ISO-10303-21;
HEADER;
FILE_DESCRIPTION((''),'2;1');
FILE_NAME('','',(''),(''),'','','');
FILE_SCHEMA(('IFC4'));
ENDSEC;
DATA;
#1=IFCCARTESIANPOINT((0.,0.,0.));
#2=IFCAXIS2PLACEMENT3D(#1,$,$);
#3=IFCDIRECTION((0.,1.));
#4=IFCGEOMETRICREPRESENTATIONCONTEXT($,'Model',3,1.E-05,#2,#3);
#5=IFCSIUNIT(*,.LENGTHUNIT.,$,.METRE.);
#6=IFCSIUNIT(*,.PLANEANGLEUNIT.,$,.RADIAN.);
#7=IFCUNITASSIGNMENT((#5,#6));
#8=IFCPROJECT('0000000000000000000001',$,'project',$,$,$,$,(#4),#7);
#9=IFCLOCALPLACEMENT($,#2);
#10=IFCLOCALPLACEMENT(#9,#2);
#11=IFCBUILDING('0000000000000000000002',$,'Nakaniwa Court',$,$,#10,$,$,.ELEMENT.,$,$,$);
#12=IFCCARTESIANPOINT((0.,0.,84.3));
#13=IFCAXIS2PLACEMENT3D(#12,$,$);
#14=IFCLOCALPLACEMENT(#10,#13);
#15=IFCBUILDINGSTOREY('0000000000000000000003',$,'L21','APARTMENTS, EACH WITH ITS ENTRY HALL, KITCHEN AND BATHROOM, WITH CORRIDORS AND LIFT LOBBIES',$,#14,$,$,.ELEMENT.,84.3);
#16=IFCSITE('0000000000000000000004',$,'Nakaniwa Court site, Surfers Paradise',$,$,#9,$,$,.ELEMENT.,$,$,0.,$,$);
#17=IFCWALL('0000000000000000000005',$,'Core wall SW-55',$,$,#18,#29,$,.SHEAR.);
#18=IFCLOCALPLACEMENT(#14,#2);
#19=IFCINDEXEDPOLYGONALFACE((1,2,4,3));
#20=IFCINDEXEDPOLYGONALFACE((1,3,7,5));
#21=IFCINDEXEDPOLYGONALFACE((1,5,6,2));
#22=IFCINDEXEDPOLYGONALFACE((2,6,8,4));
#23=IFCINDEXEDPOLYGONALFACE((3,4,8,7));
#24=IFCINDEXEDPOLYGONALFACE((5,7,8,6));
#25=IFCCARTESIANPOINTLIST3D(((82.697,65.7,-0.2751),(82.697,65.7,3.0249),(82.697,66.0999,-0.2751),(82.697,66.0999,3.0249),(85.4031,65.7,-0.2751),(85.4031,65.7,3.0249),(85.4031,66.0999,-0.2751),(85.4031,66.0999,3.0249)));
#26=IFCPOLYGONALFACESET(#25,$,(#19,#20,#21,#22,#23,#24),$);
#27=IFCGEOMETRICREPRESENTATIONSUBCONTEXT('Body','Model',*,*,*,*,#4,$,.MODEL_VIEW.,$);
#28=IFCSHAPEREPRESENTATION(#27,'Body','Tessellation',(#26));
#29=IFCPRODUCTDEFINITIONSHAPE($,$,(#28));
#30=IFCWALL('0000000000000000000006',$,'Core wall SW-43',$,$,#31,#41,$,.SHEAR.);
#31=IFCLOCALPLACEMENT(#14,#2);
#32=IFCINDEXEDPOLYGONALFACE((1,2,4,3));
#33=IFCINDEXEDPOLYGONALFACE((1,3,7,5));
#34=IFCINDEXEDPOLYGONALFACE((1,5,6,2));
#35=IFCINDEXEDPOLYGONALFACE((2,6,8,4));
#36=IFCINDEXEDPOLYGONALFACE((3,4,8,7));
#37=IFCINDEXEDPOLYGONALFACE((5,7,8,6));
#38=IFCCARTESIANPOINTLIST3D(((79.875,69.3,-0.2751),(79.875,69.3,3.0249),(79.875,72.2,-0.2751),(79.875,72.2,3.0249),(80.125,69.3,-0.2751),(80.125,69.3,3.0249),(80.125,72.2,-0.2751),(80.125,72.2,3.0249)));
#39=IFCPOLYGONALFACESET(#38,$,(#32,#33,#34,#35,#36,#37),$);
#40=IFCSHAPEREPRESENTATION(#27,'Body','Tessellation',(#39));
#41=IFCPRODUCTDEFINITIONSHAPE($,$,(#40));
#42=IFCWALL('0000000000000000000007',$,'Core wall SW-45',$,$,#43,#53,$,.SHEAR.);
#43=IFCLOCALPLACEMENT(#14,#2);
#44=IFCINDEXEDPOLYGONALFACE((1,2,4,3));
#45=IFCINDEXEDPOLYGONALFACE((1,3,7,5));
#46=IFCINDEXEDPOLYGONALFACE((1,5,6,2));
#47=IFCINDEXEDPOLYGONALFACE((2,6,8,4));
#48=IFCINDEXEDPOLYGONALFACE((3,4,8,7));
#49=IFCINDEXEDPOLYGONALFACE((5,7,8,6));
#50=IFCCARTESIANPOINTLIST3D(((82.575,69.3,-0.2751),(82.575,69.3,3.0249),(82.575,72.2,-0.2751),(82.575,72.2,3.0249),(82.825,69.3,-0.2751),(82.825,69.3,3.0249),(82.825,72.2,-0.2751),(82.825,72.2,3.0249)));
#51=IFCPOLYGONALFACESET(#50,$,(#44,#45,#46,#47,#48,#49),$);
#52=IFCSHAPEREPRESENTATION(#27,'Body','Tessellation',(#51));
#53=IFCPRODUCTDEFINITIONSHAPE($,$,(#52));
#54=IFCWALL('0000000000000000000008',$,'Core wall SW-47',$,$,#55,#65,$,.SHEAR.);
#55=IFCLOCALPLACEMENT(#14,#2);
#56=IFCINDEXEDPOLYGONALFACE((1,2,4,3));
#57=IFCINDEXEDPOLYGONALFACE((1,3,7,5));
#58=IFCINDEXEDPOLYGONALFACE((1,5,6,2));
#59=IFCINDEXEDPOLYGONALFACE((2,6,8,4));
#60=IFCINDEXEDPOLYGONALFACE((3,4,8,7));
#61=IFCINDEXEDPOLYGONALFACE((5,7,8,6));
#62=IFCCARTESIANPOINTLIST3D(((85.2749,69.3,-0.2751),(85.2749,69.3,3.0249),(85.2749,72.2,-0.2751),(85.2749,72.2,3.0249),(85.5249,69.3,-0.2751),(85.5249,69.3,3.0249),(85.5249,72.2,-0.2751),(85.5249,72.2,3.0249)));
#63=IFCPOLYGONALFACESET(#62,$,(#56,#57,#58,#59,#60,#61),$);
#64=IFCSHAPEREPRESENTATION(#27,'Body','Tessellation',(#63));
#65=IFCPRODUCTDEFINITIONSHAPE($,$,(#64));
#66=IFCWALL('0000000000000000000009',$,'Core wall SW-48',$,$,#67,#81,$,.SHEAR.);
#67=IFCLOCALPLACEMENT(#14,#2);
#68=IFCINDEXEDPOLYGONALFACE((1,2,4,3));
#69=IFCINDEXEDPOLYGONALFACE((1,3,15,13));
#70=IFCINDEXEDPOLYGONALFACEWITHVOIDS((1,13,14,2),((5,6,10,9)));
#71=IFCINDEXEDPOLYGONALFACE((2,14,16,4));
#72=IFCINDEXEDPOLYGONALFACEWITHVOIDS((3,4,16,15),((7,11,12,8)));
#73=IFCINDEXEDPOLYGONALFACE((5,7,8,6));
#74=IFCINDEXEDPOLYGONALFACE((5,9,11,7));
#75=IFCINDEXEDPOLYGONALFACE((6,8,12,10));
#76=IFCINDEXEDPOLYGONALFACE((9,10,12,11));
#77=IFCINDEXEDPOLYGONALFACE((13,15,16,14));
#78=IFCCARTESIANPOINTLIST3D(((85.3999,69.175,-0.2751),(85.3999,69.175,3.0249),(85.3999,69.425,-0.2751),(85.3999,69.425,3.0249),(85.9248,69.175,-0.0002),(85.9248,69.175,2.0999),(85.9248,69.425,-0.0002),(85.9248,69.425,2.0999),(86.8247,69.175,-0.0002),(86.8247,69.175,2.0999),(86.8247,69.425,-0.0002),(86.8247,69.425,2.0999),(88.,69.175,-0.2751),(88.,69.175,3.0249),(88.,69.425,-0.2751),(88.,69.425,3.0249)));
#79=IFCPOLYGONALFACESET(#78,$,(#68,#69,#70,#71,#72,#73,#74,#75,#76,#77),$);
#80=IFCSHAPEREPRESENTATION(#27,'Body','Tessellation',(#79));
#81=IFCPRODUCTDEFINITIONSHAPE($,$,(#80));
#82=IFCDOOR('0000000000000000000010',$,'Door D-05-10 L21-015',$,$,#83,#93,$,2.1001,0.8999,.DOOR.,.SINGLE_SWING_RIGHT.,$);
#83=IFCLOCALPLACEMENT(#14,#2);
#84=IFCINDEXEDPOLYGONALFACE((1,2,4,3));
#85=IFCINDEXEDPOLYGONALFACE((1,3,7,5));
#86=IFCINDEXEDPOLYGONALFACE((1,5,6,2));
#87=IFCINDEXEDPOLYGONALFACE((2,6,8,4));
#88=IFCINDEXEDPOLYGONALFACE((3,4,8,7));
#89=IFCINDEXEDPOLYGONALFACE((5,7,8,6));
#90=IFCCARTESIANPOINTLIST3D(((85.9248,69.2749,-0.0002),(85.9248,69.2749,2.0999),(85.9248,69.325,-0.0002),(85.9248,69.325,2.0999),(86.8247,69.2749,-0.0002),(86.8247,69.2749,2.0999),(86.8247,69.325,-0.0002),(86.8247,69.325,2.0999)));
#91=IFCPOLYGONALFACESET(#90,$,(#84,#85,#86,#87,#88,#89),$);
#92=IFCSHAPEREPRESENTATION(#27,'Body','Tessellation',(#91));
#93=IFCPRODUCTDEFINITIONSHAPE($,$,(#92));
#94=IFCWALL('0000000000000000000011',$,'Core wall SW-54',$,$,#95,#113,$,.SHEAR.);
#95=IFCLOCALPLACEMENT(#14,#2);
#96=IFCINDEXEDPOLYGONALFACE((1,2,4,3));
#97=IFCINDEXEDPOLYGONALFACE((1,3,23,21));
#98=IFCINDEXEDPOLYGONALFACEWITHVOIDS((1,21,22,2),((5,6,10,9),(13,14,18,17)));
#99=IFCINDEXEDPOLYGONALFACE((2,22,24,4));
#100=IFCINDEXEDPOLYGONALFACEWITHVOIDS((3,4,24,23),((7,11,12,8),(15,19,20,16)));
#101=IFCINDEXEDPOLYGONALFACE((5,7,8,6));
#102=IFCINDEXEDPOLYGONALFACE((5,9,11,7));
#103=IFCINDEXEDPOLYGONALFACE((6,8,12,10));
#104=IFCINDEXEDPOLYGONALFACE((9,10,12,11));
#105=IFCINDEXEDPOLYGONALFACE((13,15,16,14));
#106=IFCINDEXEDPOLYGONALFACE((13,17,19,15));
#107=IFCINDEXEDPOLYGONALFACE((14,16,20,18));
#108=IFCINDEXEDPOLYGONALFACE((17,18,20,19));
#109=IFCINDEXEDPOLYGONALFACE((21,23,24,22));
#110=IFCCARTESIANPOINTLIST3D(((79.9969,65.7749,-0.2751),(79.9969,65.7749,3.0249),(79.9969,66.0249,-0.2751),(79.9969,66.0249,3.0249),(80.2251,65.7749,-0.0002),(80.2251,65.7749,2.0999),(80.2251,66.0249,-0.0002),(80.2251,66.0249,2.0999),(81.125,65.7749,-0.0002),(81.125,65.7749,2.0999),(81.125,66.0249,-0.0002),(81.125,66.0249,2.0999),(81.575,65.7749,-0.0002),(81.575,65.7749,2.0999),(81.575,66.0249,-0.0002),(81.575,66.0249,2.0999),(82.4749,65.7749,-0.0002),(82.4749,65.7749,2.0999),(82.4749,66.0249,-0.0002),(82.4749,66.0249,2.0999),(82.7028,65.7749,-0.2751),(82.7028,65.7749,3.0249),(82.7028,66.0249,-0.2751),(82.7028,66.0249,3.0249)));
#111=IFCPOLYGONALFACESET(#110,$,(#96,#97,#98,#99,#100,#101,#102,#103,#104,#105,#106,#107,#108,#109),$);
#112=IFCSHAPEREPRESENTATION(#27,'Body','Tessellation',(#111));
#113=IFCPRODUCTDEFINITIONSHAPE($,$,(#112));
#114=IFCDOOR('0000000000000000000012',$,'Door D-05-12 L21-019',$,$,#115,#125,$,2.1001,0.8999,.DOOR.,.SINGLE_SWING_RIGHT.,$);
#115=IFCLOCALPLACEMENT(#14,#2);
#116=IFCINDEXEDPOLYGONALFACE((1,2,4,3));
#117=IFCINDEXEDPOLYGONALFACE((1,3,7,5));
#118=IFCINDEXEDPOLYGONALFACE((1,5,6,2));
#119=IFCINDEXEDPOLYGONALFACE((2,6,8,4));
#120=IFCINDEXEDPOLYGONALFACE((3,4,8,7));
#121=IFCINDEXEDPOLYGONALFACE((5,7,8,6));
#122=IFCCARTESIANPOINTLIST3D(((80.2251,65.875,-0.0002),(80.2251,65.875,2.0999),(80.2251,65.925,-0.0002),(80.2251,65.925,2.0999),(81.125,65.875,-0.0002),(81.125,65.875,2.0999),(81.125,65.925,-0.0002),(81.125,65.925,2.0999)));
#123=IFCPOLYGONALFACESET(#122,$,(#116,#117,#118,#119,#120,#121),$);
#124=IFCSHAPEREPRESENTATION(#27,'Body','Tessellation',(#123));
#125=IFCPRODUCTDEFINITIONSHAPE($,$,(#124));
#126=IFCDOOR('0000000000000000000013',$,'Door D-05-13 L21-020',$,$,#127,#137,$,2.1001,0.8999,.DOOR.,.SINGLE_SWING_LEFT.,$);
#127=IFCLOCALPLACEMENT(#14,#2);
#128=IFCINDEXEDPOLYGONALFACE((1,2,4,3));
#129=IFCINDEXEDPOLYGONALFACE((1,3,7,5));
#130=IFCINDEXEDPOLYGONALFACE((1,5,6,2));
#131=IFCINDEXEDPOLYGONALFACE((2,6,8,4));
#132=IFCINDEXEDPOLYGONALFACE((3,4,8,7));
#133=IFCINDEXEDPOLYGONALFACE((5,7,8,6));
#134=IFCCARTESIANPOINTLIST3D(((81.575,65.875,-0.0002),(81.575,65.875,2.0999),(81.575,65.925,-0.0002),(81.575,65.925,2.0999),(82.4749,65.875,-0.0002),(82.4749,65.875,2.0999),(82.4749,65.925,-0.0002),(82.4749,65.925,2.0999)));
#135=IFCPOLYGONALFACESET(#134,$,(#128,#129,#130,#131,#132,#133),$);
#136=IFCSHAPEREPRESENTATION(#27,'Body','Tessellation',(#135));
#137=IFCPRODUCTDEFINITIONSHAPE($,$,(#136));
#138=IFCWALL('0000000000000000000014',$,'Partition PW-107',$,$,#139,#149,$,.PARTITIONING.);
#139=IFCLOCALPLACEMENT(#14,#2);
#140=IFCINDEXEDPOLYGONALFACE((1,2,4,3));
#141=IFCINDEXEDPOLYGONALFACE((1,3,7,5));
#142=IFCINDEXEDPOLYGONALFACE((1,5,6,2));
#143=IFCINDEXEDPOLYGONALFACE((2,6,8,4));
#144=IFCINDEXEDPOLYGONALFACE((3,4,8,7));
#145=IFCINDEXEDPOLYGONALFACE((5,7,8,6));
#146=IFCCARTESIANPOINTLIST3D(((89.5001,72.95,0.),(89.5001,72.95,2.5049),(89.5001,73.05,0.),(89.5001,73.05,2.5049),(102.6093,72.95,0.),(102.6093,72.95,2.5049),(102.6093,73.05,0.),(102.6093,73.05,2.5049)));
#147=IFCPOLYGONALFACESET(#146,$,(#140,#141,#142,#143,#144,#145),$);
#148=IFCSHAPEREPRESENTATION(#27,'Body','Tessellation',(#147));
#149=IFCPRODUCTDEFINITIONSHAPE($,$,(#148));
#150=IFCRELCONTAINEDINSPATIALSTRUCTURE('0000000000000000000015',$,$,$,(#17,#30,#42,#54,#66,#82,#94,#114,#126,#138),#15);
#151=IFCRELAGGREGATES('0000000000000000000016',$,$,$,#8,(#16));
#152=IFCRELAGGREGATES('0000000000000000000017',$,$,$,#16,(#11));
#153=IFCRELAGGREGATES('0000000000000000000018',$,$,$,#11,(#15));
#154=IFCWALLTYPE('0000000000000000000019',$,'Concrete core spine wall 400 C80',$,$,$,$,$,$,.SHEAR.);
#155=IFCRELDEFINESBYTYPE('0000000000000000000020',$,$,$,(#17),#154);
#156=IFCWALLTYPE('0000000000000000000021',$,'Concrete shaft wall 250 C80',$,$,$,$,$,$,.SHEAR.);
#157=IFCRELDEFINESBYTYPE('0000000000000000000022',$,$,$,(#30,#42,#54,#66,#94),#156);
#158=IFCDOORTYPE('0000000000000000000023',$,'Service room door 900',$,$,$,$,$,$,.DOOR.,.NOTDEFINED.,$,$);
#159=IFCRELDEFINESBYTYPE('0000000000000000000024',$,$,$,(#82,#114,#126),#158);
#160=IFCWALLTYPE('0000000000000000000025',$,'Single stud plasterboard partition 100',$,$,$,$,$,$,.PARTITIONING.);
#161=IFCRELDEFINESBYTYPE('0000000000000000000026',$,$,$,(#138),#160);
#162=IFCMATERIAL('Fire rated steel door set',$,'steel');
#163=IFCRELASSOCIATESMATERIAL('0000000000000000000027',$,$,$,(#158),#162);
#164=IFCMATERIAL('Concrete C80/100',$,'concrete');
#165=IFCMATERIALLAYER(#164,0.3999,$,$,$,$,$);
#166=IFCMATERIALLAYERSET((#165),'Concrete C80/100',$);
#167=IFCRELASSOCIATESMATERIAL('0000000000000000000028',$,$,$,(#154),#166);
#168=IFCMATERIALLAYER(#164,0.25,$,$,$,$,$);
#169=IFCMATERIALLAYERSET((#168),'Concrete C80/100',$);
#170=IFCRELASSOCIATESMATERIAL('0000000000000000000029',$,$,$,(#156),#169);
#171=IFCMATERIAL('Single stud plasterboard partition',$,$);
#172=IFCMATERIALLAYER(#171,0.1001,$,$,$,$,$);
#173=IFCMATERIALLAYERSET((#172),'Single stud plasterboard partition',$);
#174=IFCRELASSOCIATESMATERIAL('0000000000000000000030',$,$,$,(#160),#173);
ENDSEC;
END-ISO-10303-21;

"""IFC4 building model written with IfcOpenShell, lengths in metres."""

from ifc_helpers import new_model, si_unit, direction, frame, frame_2d, origin, place, context, subcontext, project, spatial, rectangle, extrude, material, layer, layer_set, type_object, element, fill, save


model = new_model("IFC4")

# Units and contexts
model_context = context("Model", 3, precision=1e-05, world=origin(), true_north=direction((0.0, 1.0)))
body_context = subcontext(model_context, "Body", "Model", "MODEL_VIEW")
ifc_project = project(units=[si_unit("LENGTHUNIT", "METRE"), si_unit("PLANEANGLEUNIT", "RADIAN")], contexts=[model_context])

# Site, building, storey
site_placement = place(None, origin())
site = spatial("IfcSite", under=ifc_project, at=site_placement, Name="Nakaniwa Court site, Surfers Paradise", CompositionType="ELEMENT", RefElevation=0.0)
building_placement = place(site_placement, origin())
building = spatial("IfcBuilding", under=site, at=building_placement, Name="Nakaniwa Court", CompositionType="ELEMENT")
storey_placement = place(building_placement, frame((0.0, 0.0, 84.3)))
storey = spatial("IfcBuildingStorey", under=building, at=storey_placement, Name="L21", Description="APARTMENTS, EACH WITH ITS ENTRY HALL, KITCHEN AND BATHROOM, WITH CORRIDORS AND LIFT LOBBIES", CompositionType="ELEMENT", Elevation=84.3)

# Shared definitions
ifc_material_1 = material(Name="Concrete C80/100", Category="concrete")

# Shared definitions
ifc_material_2 = material(Name="Fire rated steel door set", Category="steel")
door_type_1 = type_object("IfcDoorType", Name="Service room door 900", OperationType="NOTDEFINED", PredefinedType="DOOR", material=ifc_material_2)

# Walls
ifc_layer_1 = layer(ifc_material_1, 0.3999)
ifc_layer_set_1 = layer_set([ifc_layer_1], Name="Concrete C80/100")
wall_type_1 = type_object("IfcWallType", Name="Concrete core spine wall 400 C80", PredefinedType="SHEAR", material=ifc_layer_set_1)
wall_1_placement = place(storey_placement, frame((82.697, 65.8999, -0.2751), z_axis=(0.0, 0.0, 1.0), x_axis=(1.0, 0.0, 0.0)))
element("IfcWall", 1, at=wall_1_placement, inside=storey, type_object=wall_type_1, Name="Core wall SW-55", PredefinedType="SHEAR", context=body_context, shape_type="SweptSolid", body=[
    extrude(rectangle(XDim=2.7061, YDim=0.3999, at=frame_2d((1.353, 0.0))), origin(), (0.0, 0.0, 1.0), 3.3),
])
ifc_layer_2 = layer(ifc_material_1, 0.25)
ifc_layer_set_2 = layer_set([ifc_layer_2], Name="Concrete C80/100")
wall_type_2 = type_object("IfcWallType", Name="Concrete shaft wall 250 C80", PredefinedType="SHEAR", material=ifc_layer_set_2)
for number, where, z_axis, x_axis, name in (
    (2, (80.0, 69.3, -0.2751), (0.0, 0.0, 1.0), (0.0, 1.0, 0.0), "Core wall SW-43"),
    (3, (82.7, 69.3, -0.2751), (0.0, 0.0, 1.0), (0.0, 1.0, 0.0), "Core wall SW-45"),
    (4, (85.3999, 69.3, -0.2751), (0.0, 0.0, 1.0), (0.0, 1.0, 0.0), "Core wall SW-47"),
):
    element("IfcWall", number, at=place(storey_placement, frame(where, z_axis=z_axis, x_axis=x_axis)), inside=storey, type_object=wall_type_2, Name=name, PredefinedType="SHEAR", context=body_context, shape_type="SweptSolid", body=[
        extrude(rectangle(XDim=2.8999, YDim=0.25, at=frame_2d((1.45, 0.0))), origin(), (0.0, 0.0, 1.0), 3.3),
    ])

# Wall, opening, door
wall_2_placement = place(storey_placement, frame((85.3999, 69.3, -0.2751), z_axis=(0.0, 0.0, 1.0), x_axis=(1.0, 0.0, 0.0)))
wall_2 = element("IfcWall", 5, at=wall_2_placement, inside=storey, type_object=wall_type_2, Name="Core wall SW-48", PredefinedType="SHEAR", context=body_context, shape_type="SweptSolid", body=[
    extrude(rectangle(XDim=2.6001, YDim=0.25, at=frame_2d((1.3, 0.0))), origin(), (0.0, 0.0, 1.0), 3.3),
])
opening_1_placement = place(wall_2_placement, frame((0.5249, 0.0, 0.2749)))
opening_1 = element("IfcOpeningElement", 6, at=opening_1_placement, cuts=wall_2, PredefinedType="OPENING", context=body_context, shape_type="SweptSolid", body=[
    extrude(rectangle(XDim=0.8999, YDim=2.1001, at=frame_2d((0.45, 1.05))), frame((0.0, 0.135, 0.0), z_axis=(0.0, -1.0, 0.0), x_axis=(1.0, 0.0, 0.0)), (0.0, 0.0, 1.0), 0.27),
])
door_1_placement = place(opening_1_placement, origin())
door_1 = element("IfcDoor", 7, at=door_1_placement, inside=storey, type_object=door_type_1, Name="Door D-05-10 L21-015", OperationType="SINGLE_SWING_RIGHT", OverallHeight=2.1001, OverallWidth=0.8999, PredefinedType="DOOR", context=body_context, shape_type="SweptSolid", body=[
    extrude(rectangle(XDim=0.8999, YDim=2.1001, at=frame_2d((0.45, 1.05))), frame((0.0, 0.0249, 0.0), z_axis=(0.0, -1.0, 0.0), x_axis=(1.0, 0.0, 0.0)), (0.0, 0.0, 1.0), 0.05),
])
fill(opening_1, door_1)

# Wall, openings, doors
wall_3_placement = place(storey_placement, frame((82.7029, 65.8999, -0.2751), z_axis=(0.0, 0.0, 1.0), x_axis=(-1.0, 0.0, 0.0)))
wall_3 = element("IfcWall", 8, at=wall_3_placement, inside=storey, type_object=wall_type_2, Name="Core wall SW-54", PredefinedType="SHEAR", context=body_context, shape_type="SweptSolid", body=[
    extrude(rectangle(XDim=2.7058, YDim=0.25, at=frame_2d((1.353, 0.0))), origin(), (0.0, 0.0, 1.0), 3.3),
])
opening_2_placement = place(wall_3_placement, frame((1.5779, 0.0, 0.2749)))
opening_2 = element("IfcOpeningElement", 9, at=opening_2_placement, cuts=wall_3, PredefinedType="OPENING", context=body_context, shape_type="SweptSolid", body=[
    extrude(rectangle(XDim=0.8999, YDim=2.1001, at=frame_2d((0.45, 1.05))), frame((0.0, 0.135, 0.0), z_axis=(0.0, -1.0, 0.0), x_axis=(1.0, 0.0, 0.0)), (0.0, 0.0, 1.0), 0.27),
])
opening_3_placement = place(wall_3_placement, frame((0.228, 0.0, 0.2749)))
opening_3 = element("IfcOpeningElement", 10, at=opening_3_placement, cuts=wall_3, PredefinedType="OPENING", context=body_context, shape_type="SweptSolid", body=[
    extrude(rectangle(XDim=0.8999, YDim=2.1001, at=frame_2d((0.45, 1.05))), frame((0.0, 0.135, 0.0), z_axis=(0.0, -1.0, 0.0), x_axis=(1.0, 0.0, 0.0)), (0.0, 0.0, 1.0), 0.27),
])
door_2_placement = place(opening_2_placement, origin())
door_2 = element("IfcDoor", 11, at=door_2_placement, inside=storey, type_object=door_type_1, Name="Door D-05-12 L21-019", OperationType="SINGLE_SWING_RIGHT", OverallHeight=2.1001, OverallWidth=0.8999, PredefinedType="DOOR", context=body_context, shape_type="SweptSolid", body=[
    extrude(rectangle(XDim=0.8999, YDim=2.1001, at=frame_2d((0.45, 1.05))), frame((0.0, 0.0249, 0.0), z_axis=(0.0, -1.0, 0.0), x_axis=(1.0, 0.0, 0.0)), (0.0, 0.0, 1.0), 0.05),
])
fill(opening_2, door_2)
door_3_placement = place(opening_3_placement, origin())
door_3 = element("IfcDoor", 12, at=door_3_placement, inside=storey, type_object=door_type_1, Name="Door D-05-13 L21-020", OperationType="SINGLE_SWING_LEFT", OverallHeight=2.1001, OverallWidth=0.8999, PredefinedType="DOOR", context=body_context, shape_type="SweptSolid", body=[
    extrude(rectangle(XDim=0.8999, YDim=2.1001, at=frame_2d((0.45, 1.05))), frame((0.0, 0.0249, 0.0), z_axis=(0.0, -1.0, 0.0), x_axis=(1.0, 0.0, 0.0)), (0.0, 0.0, 1.0), 0.05),
])
fill(opening_3, door_3)

# Wall
ifc_material_3 = material(Name="Single stud plasterboard partition")
ifc_layer_3 = layer(ifc_material_3, 0.1001)
ifc_layer_set_3 = layer_set([ifc_layer_3], Name="Single stud plasterboard partition")
wall_type_3 = type_object("IfcWallType", Name="Single stud plasterboard partition 100", PredefinedType="PARTITIONING", material=ifc_layer_set_3)
wall_4_placement = place(storey_placement, frame((89.5, 73.0, 0.0), z_axis=(0.0, 0.0, 1.0), x_axis=(1.0, 0.0, 0.0)))
element("IfcWall", 13, at=wall_4_placement, inside=storey, type_object=wall_type_3, Name="Partition PW-107", PredefinedType="PARTITIONING", context=body_context, shape_type="SweptSolid", body=[
    extrude(rectangle(XDim=13.1091, YDim=0.1001, at=frame_2d((6.5547, 0.0))), origin(), (0.0, 0.0, 1.0), 2.5049),
])

save(model, "model.ifc")
